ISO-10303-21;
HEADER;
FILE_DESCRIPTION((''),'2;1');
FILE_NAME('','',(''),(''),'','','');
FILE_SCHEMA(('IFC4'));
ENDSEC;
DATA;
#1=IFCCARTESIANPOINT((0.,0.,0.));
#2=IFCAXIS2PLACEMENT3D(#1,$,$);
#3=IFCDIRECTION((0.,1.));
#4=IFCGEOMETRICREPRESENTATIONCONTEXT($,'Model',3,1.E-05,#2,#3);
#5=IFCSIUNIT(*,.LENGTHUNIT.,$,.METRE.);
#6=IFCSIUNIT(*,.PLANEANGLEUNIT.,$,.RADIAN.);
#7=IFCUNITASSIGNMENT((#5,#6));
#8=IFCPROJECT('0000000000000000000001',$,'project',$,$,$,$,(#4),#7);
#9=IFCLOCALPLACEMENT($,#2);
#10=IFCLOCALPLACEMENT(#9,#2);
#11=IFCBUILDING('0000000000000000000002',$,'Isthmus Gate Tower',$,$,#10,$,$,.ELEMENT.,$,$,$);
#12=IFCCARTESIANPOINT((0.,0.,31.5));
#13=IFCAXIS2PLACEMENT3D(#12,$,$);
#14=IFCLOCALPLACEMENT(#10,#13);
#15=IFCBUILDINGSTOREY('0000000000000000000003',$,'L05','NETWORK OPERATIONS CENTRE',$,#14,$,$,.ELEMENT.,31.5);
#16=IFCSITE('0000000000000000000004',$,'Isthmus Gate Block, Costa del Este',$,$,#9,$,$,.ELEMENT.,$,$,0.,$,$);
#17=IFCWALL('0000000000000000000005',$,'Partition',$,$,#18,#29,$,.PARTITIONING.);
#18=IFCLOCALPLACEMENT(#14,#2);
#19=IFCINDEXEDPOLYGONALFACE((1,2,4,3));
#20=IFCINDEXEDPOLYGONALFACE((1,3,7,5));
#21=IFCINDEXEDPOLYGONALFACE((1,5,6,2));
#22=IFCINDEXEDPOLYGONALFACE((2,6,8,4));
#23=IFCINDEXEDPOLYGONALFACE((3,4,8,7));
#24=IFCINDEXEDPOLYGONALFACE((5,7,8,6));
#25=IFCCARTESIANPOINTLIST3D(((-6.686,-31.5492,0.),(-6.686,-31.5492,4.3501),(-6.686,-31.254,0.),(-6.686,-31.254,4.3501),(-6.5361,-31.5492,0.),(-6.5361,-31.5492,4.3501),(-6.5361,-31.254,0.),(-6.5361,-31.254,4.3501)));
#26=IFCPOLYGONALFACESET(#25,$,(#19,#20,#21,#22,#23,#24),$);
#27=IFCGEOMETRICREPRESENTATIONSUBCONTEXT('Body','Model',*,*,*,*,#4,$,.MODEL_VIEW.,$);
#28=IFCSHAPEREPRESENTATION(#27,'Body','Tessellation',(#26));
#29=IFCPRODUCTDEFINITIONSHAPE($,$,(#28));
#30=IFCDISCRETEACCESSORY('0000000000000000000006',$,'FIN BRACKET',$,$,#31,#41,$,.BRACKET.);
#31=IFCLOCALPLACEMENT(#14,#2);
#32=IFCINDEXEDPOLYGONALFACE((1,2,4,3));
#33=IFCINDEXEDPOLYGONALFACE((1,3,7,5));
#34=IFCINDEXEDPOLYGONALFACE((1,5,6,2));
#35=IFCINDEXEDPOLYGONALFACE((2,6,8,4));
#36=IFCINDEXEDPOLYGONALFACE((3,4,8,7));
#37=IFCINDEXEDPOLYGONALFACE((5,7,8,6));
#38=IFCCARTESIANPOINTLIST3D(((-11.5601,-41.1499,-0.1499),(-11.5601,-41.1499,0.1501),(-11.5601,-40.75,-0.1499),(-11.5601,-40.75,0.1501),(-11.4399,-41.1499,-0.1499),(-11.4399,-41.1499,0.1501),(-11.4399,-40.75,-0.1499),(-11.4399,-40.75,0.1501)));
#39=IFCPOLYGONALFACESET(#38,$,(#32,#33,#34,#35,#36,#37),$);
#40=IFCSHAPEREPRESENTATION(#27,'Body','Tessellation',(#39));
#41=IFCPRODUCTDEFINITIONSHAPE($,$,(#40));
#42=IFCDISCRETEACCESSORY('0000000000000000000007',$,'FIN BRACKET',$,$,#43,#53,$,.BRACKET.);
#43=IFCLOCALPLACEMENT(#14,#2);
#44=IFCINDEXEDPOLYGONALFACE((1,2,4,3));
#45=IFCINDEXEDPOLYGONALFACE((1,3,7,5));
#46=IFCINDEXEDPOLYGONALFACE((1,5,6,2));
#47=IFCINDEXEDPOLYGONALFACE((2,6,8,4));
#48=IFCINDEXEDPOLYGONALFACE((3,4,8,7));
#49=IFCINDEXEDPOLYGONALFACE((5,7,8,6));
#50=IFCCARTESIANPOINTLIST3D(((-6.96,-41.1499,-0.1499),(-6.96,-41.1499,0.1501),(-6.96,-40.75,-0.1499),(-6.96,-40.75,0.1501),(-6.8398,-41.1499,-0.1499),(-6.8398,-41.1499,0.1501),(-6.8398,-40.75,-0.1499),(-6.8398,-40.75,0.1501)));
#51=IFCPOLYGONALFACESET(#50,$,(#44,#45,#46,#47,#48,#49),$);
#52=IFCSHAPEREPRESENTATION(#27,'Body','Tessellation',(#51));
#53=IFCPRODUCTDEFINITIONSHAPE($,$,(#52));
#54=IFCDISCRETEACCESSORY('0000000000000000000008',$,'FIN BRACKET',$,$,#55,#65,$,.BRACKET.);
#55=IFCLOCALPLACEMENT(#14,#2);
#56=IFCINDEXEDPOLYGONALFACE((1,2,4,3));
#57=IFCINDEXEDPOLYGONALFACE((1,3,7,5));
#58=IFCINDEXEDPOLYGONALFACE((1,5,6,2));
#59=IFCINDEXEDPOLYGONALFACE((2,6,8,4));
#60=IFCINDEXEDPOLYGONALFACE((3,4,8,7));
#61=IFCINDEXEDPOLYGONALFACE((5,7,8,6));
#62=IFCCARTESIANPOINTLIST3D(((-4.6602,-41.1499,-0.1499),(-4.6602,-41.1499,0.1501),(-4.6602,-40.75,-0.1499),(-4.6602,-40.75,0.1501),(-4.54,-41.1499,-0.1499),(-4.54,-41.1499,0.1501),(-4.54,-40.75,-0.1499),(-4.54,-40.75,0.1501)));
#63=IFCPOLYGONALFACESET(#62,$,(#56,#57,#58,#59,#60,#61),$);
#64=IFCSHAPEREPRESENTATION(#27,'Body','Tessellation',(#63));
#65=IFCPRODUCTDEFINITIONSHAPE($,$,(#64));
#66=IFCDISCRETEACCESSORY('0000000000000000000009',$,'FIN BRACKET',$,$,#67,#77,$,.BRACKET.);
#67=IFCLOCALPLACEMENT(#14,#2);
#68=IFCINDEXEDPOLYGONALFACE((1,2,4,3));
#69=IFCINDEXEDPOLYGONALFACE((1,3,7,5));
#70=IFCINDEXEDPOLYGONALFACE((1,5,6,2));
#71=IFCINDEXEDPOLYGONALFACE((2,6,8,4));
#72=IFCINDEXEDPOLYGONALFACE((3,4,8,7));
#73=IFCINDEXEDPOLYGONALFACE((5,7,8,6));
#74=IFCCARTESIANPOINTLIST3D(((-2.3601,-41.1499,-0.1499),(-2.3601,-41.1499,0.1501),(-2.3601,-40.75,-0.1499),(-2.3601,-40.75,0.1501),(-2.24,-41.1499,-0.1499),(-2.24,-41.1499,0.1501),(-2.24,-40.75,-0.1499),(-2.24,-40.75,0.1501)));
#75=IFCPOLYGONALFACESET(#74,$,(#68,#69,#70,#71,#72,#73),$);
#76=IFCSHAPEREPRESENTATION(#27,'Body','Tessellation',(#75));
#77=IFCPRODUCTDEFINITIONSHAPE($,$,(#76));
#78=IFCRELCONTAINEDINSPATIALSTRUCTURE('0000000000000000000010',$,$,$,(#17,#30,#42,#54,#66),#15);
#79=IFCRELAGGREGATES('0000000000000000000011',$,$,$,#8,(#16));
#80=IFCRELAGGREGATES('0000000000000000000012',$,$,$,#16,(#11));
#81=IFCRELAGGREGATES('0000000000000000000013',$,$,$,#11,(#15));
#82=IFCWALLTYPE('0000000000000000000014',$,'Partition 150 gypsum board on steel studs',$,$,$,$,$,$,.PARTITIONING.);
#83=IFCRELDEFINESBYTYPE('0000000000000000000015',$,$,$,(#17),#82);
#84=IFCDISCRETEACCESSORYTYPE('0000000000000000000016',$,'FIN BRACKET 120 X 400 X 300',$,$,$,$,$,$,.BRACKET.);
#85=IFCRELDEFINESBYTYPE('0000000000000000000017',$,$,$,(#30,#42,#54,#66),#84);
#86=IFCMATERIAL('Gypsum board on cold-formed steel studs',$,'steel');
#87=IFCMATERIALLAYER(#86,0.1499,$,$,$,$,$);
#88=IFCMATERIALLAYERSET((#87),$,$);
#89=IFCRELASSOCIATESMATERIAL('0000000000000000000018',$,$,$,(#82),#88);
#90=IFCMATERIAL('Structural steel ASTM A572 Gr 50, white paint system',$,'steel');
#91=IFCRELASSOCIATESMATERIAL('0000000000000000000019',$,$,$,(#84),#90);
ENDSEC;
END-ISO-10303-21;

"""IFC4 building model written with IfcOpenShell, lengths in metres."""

from ifc_helpers import new_model, si_unit, direction, frame, frame_2d, origin, origin_2d, place, context, subcontext, project, spatial, rectangle, extrude, material, layer, layer_set, type_object, element, save


model = new_model("IFC4")

# Units and contexts
model_context = context("Model", 3, precision=1e-05, world=origin(), true_north=direction((0.0, 1.0)))
body_context = subcontext(model_context, "Body", "Model", "MODEL_VIEW")
ifc_project = project(units=[si_unit("LENGTHUNIT", "METRE"), si_unit("PLANEANGLEUNIT", "RADIAN")], contexts=[model_context])

# Site, building, storey
site_placement = place(None, origin())
site = spatial("IfcSite", under=ifc_project, at=site_placement, Name="Isthmus Gate Block, Costa del Este", CompositionType="ELEMENT", RefElevation=0.0)
building_placement = place(site_placement, origin())
building = spatial("IfcBuilding", under=site, at=building_placement, Name="Isthmus Gate Tower", CompositionType="ELEMENT")
storey_placement = place(building_placement, frame((0.0, 0.0, 31.5)))
storey = spatial("IfcBuildingStorey", under=building, at=storey_placement, Name="L05", Description="NETWORK OPERATIONS CENTRE", CompositionType="ELEMENT", Elevation=31.5)

# Wall
ifc_material_1 = material(Name="Gypsum board on cold-formed steel studs", Category="steel")
ifc_layer_1 = layer(ifc_material_1, 0.1499)
ifc_layer_set_1 = layer_set([ifc_layer_1])
wall_type_1 = type_object("IfcWallType", Name="Partition 150 gypsum board on steel studs", PredefinedType="PARTITIONING", material=ifc_layer_set_1)
wall_1_placement = place(storey_placement, frame((-6.6111, -31.5491, 0.0), z_axis=(0.0, 0.0, 1.0), x_axis=(0.0, 1.0, 0.0)))
element("IfcWall", 1, at=wall_1_placement, inside=storey, type_object=wall_type_1, Name="Partition", PredefinedType="PARTITIONING", context=body_context, shape_type="SweptSolid", body=[
    extrude(rectangle(XDim=0.2952, YDim=0.1499, at=frame_2d((0.1475, 0.0))), origin(), (0.0, 0.0, 1.0), 4.3501),
])

# Discrete accessories
ifc_material_2 = material(Name="Structural steel ASTM A572 Gr 50, white paint system", Category="steel")
discrete_accessory_type = type_object("IfcDiscreteAccessoryType", Name="FIN BRACKET 120 X 400 X 300", PredefinedType="BRACKET", material=ifc_material_2)
for number, where, z_axis, x_axis, name in (
    (2, (-11.5, -40.95, -0.1499), (0.0, 0.0, 1.0), (0.0, -1.0, 0.0), "FIN BRACKET"),
    (3, (-6.8999, -40.95, -0.1499), (0.0, 0.0, 1.0), (0.0, -1.0, 0.0), "FIN BRACKET"),
    (4, (-4.6001, -40.95, -0.1499), (0.0, 0.0, 1.0), (0.0, -1.0, 0.0), "FIN BRACKET"),
    (5, (-2.3, -40.95, -0.1499), (0.0, 0.0, 1.0), (0.0, -1.0, 0.0), "FIN BRACKET"),
):
    element("IfcDiscreteAccessory", number, at=place(storey_placement, frame(where, z_axis=z_axis, x_axis=x_axis)), inside=storey, type_object=discrete_accessory_type, Name=name, PredefinedType="BRACKET", context=body_context, shape_type="SweptSolid", body=[
        extrude(rectangle(XDim=0.3999, YDim=0.1201, at=origin_2d()), origin(), (0.0, 0.0, 1.0), 0.3),
    ])

save(model, "model.ifc")
